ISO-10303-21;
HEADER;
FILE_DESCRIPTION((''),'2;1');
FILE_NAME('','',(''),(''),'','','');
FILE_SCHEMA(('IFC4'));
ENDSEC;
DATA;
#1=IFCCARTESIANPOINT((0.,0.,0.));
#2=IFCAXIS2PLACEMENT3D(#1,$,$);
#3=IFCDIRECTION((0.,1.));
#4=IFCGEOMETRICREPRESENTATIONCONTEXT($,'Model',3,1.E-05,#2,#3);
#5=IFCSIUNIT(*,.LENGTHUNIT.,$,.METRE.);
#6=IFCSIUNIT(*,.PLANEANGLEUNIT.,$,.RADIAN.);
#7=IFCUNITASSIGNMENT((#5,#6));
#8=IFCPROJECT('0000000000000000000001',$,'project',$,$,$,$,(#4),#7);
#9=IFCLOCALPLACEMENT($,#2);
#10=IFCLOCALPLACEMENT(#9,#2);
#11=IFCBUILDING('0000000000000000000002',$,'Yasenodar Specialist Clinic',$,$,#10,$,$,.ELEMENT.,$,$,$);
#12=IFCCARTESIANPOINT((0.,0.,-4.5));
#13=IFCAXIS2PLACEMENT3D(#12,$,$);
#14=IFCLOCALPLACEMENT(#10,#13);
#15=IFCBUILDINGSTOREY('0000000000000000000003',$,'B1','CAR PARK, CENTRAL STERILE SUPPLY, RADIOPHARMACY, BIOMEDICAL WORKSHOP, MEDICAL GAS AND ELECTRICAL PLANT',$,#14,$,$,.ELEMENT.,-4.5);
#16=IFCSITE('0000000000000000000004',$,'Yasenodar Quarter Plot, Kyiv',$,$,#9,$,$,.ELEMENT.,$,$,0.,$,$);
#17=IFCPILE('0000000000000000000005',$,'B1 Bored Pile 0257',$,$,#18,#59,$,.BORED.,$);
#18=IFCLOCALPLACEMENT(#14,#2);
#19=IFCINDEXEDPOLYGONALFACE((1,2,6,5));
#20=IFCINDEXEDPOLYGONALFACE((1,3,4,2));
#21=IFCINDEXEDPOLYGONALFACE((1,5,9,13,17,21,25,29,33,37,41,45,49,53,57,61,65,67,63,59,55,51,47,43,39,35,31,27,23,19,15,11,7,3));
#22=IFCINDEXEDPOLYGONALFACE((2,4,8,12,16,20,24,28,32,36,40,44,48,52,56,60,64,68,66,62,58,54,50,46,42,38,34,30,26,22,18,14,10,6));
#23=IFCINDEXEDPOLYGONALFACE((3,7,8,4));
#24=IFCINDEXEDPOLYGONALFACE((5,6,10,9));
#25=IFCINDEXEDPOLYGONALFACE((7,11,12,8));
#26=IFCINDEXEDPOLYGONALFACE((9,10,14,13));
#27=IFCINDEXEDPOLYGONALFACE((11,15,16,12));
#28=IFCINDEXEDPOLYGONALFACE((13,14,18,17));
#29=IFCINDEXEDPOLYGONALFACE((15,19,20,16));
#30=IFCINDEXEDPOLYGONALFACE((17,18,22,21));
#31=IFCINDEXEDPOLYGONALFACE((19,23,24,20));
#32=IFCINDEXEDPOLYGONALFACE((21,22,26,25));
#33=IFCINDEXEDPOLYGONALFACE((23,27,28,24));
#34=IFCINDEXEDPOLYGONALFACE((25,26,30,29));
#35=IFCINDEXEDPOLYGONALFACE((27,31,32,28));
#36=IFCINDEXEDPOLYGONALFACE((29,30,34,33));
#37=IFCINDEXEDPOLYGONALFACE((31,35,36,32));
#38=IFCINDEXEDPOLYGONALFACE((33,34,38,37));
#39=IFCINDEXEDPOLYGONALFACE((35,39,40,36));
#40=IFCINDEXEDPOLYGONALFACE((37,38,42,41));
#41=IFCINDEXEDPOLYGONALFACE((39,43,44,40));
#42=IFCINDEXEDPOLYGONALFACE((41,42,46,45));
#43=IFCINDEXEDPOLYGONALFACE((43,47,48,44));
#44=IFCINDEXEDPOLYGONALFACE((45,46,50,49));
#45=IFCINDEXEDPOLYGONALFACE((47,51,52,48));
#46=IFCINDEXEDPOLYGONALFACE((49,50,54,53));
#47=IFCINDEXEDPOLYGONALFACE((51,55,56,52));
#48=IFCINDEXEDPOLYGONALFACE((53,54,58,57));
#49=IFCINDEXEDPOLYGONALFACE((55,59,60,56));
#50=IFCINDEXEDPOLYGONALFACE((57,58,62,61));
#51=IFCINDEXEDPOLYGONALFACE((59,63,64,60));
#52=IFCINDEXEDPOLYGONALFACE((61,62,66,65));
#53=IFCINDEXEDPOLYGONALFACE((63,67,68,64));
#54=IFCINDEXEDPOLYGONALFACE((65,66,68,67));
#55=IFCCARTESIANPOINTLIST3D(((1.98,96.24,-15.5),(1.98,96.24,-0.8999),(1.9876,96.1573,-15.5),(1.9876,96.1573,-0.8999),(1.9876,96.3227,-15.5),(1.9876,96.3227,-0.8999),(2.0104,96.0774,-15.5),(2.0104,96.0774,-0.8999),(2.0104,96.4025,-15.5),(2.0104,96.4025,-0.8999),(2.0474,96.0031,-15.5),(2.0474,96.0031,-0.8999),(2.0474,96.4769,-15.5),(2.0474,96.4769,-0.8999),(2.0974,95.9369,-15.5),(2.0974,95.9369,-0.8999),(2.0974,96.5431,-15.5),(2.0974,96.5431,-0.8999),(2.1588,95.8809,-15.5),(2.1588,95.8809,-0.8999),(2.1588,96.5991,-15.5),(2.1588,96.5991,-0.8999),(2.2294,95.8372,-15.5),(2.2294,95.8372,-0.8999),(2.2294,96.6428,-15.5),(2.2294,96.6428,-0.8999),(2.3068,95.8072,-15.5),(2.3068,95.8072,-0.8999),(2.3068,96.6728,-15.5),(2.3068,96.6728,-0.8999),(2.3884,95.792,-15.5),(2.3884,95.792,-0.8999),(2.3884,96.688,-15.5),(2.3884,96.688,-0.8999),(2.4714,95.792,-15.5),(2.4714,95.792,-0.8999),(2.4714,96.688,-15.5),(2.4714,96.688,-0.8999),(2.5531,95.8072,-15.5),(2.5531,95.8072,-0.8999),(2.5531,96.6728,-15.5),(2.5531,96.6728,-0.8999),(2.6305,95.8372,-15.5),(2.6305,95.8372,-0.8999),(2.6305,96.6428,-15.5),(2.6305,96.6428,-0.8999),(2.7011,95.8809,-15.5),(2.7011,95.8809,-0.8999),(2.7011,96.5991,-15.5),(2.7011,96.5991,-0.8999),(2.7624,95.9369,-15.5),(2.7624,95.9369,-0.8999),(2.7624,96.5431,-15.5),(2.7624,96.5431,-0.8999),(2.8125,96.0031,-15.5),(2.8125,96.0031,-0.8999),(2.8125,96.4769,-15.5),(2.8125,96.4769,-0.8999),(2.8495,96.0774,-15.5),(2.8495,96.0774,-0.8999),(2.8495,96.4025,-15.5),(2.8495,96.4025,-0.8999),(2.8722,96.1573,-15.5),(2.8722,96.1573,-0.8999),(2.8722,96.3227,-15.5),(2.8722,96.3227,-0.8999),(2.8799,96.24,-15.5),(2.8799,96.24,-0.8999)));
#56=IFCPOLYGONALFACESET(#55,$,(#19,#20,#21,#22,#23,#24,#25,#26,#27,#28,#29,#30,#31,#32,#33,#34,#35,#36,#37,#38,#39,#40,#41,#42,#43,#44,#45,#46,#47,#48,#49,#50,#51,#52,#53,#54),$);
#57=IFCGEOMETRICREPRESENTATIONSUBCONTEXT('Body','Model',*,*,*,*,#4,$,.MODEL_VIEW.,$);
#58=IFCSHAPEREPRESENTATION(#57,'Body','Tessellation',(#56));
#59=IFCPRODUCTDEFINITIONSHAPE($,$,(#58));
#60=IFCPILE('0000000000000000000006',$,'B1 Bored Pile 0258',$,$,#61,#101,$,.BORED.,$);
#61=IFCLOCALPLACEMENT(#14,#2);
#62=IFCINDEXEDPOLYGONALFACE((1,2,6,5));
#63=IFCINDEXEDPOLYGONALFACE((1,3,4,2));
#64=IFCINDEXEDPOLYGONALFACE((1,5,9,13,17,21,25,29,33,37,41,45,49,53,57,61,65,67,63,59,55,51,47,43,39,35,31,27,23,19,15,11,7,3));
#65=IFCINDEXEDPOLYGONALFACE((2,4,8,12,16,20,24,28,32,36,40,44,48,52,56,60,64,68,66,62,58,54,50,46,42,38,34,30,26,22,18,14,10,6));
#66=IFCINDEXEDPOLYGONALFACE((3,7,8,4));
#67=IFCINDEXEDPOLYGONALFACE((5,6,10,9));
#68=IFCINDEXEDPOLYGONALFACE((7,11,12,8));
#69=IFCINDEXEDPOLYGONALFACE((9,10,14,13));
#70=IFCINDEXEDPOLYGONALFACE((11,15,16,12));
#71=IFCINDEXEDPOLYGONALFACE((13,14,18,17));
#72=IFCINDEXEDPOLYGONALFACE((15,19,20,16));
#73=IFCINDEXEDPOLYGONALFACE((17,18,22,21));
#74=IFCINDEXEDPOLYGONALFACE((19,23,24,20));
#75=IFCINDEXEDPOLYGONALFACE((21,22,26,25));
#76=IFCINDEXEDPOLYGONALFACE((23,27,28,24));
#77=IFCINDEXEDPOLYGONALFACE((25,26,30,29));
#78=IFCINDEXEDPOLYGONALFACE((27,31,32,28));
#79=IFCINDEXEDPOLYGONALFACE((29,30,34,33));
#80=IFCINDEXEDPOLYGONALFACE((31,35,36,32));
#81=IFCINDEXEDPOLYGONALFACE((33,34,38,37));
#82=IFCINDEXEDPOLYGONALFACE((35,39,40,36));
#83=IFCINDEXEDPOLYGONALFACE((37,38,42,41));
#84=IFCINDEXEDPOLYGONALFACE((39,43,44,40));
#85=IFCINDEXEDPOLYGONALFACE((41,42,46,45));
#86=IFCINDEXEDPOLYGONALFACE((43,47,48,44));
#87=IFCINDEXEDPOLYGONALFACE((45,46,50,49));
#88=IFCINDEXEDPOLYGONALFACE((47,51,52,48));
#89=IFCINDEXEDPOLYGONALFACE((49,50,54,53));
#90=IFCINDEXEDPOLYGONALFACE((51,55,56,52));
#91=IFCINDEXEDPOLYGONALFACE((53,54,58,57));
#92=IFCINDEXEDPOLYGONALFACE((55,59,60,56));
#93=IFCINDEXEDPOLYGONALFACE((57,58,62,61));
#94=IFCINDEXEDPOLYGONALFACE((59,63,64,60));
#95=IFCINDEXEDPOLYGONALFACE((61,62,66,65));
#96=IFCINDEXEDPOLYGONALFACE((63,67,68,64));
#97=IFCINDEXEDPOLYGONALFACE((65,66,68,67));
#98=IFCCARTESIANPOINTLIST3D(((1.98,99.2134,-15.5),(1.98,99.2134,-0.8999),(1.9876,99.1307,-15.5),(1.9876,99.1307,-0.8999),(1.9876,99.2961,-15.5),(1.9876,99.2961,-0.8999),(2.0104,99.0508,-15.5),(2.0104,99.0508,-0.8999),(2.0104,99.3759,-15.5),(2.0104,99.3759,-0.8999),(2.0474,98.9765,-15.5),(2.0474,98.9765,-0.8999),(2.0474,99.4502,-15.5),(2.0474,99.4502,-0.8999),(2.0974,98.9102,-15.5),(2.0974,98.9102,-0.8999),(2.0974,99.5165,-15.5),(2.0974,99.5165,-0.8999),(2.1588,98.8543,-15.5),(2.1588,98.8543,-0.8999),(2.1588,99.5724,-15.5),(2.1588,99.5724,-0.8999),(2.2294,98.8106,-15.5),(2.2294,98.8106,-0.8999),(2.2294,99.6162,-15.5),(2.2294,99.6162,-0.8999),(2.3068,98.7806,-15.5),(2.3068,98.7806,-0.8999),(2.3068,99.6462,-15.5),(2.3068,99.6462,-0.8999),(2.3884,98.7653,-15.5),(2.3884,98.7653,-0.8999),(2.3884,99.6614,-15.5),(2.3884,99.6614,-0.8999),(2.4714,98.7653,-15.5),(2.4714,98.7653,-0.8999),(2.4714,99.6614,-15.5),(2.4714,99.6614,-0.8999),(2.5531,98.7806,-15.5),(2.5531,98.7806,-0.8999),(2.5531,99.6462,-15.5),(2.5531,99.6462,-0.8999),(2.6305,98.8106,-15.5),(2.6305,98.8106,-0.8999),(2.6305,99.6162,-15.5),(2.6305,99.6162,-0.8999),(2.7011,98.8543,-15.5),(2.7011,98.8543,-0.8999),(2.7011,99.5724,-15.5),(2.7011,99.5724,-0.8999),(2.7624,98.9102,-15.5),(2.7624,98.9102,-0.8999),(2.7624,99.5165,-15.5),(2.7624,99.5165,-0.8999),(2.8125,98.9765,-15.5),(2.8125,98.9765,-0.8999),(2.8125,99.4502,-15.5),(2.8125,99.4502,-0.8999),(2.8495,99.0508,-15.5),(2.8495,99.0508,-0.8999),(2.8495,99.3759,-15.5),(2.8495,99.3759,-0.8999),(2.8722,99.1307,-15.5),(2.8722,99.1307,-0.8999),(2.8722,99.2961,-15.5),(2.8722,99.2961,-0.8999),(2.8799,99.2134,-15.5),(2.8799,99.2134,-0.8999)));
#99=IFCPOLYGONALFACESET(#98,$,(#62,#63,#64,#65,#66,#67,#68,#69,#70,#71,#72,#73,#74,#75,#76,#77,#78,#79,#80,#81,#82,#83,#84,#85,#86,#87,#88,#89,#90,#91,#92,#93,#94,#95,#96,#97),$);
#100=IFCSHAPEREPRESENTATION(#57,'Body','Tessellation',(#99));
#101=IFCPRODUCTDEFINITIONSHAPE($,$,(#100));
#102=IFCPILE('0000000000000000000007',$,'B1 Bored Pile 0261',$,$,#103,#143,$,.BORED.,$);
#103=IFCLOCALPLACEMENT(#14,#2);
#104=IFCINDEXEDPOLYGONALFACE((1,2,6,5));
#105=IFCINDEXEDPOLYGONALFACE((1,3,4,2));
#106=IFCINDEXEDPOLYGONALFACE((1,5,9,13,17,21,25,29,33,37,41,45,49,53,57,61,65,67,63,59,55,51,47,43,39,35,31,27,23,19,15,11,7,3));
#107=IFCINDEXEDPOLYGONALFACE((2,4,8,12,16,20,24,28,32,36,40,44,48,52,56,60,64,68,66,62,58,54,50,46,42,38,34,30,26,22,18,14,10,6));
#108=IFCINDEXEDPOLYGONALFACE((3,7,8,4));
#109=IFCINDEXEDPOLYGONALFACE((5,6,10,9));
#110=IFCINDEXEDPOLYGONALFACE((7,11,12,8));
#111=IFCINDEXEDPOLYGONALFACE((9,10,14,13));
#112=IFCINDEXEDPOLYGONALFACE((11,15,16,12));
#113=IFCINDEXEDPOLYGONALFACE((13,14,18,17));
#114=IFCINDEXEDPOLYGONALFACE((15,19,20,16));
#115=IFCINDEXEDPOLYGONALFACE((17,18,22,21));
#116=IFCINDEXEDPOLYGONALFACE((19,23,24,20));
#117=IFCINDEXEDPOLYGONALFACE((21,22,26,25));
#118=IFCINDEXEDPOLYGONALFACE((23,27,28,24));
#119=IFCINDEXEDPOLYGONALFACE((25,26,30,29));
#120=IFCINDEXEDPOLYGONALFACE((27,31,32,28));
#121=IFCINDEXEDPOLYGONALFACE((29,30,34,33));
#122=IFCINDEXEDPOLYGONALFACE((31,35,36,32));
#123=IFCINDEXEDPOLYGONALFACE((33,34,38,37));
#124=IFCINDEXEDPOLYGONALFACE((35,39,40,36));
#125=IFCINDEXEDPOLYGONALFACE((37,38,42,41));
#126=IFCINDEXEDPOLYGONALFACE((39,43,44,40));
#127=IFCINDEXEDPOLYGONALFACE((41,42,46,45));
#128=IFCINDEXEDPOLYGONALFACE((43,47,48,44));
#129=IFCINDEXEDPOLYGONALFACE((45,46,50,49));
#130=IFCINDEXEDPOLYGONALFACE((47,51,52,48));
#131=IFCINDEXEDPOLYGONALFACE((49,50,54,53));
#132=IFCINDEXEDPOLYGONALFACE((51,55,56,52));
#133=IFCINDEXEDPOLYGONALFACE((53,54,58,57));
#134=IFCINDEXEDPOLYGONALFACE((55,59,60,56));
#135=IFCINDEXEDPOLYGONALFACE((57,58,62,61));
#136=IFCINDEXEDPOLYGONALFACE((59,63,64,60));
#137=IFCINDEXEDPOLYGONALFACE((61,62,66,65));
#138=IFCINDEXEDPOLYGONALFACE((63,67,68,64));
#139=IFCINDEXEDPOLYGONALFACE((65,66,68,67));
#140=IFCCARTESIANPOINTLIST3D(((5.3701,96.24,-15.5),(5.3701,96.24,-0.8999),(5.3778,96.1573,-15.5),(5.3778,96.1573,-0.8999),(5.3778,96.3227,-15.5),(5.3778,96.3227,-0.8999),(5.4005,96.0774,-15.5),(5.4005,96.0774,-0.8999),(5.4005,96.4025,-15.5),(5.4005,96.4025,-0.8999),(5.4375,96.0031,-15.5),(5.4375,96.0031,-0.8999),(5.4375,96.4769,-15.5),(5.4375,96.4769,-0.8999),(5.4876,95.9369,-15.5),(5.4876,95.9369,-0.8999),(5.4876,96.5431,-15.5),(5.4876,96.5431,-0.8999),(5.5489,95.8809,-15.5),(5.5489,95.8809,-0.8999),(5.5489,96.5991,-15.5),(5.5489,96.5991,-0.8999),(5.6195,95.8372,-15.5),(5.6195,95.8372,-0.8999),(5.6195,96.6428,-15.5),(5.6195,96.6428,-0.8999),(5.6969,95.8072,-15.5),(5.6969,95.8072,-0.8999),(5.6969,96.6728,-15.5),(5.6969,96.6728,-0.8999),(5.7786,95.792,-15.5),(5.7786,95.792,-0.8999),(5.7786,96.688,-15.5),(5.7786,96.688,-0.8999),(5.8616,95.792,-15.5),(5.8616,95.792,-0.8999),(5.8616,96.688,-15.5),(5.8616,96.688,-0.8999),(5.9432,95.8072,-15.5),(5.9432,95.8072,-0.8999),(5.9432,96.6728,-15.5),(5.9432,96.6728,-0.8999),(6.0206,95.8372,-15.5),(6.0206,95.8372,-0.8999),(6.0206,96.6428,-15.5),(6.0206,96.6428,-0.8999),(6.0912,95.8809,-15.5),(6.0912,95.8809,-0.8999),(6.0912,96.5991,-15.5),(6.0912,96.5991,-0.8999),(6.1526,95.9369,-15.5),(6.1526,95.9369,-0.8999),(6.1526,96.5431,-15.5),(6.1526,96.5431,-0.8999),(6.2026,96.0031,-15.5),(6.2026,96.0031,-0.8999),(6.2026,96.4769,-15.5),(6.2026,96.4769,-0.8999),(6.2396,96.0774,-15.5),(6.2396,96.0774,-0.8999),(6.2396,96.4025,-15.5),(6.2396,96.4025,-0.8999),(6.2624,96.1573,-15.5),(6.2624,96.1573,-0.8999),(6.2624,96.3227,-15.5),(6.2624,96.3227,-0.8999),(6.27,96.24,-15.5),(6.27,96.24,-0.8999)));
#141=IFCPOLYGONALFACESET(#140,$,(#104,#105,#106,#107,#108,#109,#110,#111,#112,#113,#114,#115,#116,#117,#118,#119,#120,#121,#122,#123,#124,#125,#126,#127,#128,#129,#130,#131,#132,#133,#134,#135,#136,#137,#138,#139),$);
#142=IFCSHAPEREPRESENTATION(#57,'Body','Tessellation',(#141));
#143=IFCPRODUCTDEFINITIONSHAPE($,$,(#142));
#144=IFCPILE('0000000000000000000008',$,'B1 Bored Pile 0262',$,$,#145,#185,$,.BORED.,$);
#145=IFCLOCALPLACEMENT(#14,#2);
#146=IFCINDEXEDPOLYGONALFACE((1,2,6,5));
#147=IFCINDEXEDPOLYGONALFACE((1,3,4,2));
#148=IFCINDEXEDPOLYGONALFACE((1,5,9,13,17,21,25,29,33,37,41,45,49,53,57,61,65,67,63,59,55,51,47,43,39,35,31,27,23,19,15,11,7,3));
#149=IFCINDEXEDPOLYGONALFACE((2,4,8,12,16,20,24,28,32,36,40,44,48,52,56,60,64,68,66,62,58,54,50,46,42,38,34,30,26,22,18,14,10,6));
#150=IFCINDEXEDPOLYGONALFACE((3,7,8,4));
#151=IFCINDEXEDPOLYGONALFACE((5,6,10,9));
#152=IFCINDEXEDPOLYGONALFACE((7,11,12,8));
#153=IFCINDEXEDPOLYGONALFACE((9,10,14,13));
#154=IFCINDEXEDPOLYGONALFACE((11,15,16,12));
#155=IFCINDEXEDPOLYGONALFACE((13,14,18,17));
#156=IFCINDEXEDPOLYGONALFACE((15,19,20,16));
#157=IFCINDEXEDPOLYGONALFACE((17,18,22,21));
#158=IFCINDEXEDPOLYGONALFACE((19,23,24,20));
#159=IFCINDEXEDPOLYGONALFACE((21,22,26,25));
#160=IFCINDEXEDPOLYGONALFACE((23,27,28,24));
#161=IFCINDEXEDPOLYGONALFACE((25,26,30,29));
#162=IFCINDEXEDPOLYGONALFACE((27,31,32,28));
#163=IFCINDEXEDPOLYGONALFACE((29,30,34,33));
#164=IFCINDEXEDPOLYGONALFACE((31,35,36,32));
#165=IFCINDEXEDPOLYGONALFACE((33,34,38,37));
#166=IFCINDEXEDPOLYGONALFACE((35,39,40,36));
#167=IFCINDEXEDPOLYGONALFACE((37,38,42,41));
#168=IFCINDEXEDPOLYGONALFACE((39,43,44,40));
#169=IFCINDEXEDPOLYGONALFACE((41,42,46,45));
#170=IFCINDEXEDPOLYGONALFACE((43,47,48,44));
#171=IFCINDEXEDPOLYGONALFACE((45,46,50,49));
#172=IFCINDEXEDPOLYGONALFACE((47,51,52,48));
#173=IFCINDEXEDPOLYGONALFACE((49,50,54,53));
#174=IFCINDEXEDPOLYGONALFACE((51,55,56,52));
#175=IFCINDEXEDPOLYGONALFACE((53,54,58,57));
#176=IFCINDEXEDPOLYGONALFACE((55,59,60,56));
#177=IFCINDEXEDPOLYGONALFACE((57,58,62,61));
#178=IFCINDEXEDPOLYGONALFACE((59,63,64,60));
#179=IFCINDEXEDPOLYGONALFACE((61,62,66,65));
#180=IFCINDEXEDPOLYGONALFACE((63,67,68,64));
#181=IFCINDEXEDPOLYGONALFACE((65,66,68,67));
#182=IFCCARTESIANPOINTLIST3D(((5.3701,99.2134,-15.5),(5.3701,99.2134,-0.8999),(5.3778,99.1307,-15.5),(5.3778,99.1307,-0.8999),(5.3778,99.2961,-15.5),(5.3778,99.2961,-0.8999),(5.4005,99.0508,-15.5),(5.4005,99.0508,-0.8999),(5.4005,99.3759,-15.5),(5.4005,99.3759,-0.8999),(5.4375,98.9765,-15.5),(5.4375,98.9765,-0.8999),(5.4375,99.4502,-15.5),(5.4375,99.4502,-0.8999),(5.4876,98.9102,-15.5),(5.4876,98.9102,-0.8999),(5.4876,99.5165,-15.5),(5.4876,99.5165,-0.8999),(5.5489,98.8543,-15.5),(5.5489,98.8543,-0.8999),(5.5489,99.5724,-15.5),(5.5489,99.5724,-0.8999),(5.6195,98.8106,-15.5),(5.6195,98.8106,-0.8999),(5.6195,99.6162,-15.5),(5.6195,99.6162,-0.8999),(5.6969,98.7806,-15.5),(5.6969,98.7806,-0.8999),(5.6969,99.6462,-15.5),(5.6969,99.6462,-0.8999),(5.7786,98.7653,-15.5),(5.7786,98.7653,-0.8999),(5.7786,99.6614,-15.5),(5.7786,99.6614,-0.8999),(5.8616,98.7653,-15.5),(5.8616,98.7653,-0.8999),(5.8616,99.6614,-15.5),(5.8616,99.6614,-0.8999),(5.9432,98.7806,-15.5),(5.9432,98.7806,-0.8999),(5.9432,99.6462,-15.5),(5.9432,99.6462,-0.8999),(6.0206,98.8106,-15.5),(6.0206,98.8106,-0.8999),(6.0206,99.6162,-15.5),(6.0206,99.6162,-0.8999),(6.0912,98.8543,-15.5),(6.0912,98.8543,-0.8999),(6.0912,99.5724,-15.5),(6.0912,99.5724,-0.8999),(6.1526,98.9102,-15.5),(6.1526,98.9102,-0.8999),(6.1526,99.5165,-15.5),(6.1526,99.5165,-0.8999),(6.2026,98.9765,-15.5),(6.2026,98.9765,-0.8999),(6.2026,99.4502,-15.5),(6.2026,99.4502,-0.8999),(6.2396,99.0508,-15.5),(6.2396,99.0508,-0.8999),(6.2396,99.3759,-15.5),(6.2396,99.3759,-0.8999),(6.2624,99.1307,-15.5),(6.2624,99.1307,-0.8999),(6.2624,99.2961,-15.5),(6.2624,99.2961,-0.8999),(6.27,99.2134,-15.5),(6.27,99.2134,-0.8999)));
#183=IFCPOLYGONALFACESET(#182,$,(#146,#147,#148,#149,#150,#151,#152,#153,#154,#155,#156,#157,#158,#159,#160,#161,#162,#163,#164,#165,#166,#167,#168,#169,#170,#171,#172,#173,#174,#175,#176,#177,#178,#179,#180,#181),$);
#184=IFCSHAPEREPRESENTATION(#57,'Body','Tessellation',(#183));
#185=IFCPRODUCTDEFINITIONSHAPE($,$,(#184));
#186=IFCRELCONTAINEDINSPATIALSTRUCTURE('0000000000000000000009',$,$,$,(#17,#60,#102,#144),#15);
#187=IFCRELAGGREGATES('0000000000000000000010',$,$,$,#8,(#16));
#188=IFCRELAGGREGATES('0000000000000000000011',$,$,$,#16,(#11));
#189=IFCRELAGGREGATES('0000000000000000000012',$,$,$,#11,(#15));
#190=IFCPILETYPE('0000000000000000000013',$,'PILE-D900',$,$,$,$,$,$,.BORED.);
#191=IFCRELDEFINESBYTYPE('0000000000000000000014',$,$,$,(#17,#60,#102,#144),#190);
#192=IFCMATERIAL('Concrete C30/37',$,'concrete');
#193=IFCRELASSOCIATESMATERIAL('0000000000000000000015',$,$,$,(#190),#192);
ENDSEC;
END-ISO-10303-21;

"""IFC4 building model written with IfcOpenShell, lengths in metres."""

from ifc_helpers import new_model, si_unit, direction, frame, origin, origin_2d, place, context, subcontext, project, spatial, circle, extrude, material, material_profile, profile_set, type_object, element, save


model = new_model("IFC4")

# Units and contexts
model_context = context("Model", 3, precision=1e-05, world=origin(), true_north=direction((0.0, 1.0)))
body_context = subcontext(model_context, "Body", "Model", "MODEL_VIEW")
ifc_project = project(units=[si_unit("LENGTHUNIT", "METRE"), si_unit("PLANEANGLEUNIT", "RADIAN")], contexts=[model_context])

# Site, building, storey
site_placement = place(None, origin())
site = spatial("IfcSite", under=ifc_project, at=site_placement, Name="Yasenodar Quarter Plot, Kyiv", CompositionType="ELEMENT", RefElevation=0.0)
building_placement = place(site_placement, origin())
building = spatial("IfcBuilding", under=site, at=building_placement, Name="Yasenodar Specialist Clinic", CompositionType="ELEMENT")
storey_placement = place(building_placement, frame((0.0, 0.0, -4.5)))
storey = spatial("IfcBuildingStorey", under=building, at=storey_placement, Name="B1", Description="CAR PARK, CENTRAL STERILE SUPPLY, RADIOPHARMACY, BIOMEDICAL WORKSHOP, MEDICAL GAS AND ELECTRICAL PLANT", CompositionType="ELEMENT", Elevation=-4.5)

# Piles
ifc_material_1 = material(Name="Concrete C30/37", Category="concrete")
ifc_material_profile_1 = material_profile(ifc_material_1, circle(Radius=0.45, at=origin_2d()), Name="PILE D900")
ifc_profile_set_1 = profile_set([ifc_material_profile_1], Name="Concrete C30/37")
pile_type_1 = type_object("IfcPileType", Name="PILE-D900", PredefinedType="BORED", material=ifc_profile_set_1)
for number, where, z_axis, x_axis, name in (
    (1, (2.4299, 96.24, -0.8999), (0.0, 0.0, -1.0), (1.0, 0.0, 0.0), "B1 Bored Pile 0257"),
    (2, (2.4299, 99.2134, -0.8999), (0.0, 0.0, -1.0), (1.0, 0.0, 0.0), "B1 Bored Pile 0258"),
    (3, (5.8201, 96.24, -0.8999), (0.0, 0.0, -1.0), (1.0, 0.0, 0.0), "B1 Bored Pile 0261"),
    (4, (5.8201, 99.2134, -0.8999), (0.0, 0.0, -1.0), (1.0, 0.0, 0.0), "B1 Bored Pile 0262"),
):
    element("IfcPile", number, at=place(storey_placement, frame(where, z_axis=z_axis, x_axis=x_axis)), inside=storey, type_object=pile_type_1, Name=name, PredefinedType="BORED", context=body_context, shape_type="SweptSolid", body=[
        extrude(circle(Radius=0.45, at=origin_2d()), origin(), (0.0, 0.0, 1.0), 14.6001),
    ])

save(model, "model.ifc")
